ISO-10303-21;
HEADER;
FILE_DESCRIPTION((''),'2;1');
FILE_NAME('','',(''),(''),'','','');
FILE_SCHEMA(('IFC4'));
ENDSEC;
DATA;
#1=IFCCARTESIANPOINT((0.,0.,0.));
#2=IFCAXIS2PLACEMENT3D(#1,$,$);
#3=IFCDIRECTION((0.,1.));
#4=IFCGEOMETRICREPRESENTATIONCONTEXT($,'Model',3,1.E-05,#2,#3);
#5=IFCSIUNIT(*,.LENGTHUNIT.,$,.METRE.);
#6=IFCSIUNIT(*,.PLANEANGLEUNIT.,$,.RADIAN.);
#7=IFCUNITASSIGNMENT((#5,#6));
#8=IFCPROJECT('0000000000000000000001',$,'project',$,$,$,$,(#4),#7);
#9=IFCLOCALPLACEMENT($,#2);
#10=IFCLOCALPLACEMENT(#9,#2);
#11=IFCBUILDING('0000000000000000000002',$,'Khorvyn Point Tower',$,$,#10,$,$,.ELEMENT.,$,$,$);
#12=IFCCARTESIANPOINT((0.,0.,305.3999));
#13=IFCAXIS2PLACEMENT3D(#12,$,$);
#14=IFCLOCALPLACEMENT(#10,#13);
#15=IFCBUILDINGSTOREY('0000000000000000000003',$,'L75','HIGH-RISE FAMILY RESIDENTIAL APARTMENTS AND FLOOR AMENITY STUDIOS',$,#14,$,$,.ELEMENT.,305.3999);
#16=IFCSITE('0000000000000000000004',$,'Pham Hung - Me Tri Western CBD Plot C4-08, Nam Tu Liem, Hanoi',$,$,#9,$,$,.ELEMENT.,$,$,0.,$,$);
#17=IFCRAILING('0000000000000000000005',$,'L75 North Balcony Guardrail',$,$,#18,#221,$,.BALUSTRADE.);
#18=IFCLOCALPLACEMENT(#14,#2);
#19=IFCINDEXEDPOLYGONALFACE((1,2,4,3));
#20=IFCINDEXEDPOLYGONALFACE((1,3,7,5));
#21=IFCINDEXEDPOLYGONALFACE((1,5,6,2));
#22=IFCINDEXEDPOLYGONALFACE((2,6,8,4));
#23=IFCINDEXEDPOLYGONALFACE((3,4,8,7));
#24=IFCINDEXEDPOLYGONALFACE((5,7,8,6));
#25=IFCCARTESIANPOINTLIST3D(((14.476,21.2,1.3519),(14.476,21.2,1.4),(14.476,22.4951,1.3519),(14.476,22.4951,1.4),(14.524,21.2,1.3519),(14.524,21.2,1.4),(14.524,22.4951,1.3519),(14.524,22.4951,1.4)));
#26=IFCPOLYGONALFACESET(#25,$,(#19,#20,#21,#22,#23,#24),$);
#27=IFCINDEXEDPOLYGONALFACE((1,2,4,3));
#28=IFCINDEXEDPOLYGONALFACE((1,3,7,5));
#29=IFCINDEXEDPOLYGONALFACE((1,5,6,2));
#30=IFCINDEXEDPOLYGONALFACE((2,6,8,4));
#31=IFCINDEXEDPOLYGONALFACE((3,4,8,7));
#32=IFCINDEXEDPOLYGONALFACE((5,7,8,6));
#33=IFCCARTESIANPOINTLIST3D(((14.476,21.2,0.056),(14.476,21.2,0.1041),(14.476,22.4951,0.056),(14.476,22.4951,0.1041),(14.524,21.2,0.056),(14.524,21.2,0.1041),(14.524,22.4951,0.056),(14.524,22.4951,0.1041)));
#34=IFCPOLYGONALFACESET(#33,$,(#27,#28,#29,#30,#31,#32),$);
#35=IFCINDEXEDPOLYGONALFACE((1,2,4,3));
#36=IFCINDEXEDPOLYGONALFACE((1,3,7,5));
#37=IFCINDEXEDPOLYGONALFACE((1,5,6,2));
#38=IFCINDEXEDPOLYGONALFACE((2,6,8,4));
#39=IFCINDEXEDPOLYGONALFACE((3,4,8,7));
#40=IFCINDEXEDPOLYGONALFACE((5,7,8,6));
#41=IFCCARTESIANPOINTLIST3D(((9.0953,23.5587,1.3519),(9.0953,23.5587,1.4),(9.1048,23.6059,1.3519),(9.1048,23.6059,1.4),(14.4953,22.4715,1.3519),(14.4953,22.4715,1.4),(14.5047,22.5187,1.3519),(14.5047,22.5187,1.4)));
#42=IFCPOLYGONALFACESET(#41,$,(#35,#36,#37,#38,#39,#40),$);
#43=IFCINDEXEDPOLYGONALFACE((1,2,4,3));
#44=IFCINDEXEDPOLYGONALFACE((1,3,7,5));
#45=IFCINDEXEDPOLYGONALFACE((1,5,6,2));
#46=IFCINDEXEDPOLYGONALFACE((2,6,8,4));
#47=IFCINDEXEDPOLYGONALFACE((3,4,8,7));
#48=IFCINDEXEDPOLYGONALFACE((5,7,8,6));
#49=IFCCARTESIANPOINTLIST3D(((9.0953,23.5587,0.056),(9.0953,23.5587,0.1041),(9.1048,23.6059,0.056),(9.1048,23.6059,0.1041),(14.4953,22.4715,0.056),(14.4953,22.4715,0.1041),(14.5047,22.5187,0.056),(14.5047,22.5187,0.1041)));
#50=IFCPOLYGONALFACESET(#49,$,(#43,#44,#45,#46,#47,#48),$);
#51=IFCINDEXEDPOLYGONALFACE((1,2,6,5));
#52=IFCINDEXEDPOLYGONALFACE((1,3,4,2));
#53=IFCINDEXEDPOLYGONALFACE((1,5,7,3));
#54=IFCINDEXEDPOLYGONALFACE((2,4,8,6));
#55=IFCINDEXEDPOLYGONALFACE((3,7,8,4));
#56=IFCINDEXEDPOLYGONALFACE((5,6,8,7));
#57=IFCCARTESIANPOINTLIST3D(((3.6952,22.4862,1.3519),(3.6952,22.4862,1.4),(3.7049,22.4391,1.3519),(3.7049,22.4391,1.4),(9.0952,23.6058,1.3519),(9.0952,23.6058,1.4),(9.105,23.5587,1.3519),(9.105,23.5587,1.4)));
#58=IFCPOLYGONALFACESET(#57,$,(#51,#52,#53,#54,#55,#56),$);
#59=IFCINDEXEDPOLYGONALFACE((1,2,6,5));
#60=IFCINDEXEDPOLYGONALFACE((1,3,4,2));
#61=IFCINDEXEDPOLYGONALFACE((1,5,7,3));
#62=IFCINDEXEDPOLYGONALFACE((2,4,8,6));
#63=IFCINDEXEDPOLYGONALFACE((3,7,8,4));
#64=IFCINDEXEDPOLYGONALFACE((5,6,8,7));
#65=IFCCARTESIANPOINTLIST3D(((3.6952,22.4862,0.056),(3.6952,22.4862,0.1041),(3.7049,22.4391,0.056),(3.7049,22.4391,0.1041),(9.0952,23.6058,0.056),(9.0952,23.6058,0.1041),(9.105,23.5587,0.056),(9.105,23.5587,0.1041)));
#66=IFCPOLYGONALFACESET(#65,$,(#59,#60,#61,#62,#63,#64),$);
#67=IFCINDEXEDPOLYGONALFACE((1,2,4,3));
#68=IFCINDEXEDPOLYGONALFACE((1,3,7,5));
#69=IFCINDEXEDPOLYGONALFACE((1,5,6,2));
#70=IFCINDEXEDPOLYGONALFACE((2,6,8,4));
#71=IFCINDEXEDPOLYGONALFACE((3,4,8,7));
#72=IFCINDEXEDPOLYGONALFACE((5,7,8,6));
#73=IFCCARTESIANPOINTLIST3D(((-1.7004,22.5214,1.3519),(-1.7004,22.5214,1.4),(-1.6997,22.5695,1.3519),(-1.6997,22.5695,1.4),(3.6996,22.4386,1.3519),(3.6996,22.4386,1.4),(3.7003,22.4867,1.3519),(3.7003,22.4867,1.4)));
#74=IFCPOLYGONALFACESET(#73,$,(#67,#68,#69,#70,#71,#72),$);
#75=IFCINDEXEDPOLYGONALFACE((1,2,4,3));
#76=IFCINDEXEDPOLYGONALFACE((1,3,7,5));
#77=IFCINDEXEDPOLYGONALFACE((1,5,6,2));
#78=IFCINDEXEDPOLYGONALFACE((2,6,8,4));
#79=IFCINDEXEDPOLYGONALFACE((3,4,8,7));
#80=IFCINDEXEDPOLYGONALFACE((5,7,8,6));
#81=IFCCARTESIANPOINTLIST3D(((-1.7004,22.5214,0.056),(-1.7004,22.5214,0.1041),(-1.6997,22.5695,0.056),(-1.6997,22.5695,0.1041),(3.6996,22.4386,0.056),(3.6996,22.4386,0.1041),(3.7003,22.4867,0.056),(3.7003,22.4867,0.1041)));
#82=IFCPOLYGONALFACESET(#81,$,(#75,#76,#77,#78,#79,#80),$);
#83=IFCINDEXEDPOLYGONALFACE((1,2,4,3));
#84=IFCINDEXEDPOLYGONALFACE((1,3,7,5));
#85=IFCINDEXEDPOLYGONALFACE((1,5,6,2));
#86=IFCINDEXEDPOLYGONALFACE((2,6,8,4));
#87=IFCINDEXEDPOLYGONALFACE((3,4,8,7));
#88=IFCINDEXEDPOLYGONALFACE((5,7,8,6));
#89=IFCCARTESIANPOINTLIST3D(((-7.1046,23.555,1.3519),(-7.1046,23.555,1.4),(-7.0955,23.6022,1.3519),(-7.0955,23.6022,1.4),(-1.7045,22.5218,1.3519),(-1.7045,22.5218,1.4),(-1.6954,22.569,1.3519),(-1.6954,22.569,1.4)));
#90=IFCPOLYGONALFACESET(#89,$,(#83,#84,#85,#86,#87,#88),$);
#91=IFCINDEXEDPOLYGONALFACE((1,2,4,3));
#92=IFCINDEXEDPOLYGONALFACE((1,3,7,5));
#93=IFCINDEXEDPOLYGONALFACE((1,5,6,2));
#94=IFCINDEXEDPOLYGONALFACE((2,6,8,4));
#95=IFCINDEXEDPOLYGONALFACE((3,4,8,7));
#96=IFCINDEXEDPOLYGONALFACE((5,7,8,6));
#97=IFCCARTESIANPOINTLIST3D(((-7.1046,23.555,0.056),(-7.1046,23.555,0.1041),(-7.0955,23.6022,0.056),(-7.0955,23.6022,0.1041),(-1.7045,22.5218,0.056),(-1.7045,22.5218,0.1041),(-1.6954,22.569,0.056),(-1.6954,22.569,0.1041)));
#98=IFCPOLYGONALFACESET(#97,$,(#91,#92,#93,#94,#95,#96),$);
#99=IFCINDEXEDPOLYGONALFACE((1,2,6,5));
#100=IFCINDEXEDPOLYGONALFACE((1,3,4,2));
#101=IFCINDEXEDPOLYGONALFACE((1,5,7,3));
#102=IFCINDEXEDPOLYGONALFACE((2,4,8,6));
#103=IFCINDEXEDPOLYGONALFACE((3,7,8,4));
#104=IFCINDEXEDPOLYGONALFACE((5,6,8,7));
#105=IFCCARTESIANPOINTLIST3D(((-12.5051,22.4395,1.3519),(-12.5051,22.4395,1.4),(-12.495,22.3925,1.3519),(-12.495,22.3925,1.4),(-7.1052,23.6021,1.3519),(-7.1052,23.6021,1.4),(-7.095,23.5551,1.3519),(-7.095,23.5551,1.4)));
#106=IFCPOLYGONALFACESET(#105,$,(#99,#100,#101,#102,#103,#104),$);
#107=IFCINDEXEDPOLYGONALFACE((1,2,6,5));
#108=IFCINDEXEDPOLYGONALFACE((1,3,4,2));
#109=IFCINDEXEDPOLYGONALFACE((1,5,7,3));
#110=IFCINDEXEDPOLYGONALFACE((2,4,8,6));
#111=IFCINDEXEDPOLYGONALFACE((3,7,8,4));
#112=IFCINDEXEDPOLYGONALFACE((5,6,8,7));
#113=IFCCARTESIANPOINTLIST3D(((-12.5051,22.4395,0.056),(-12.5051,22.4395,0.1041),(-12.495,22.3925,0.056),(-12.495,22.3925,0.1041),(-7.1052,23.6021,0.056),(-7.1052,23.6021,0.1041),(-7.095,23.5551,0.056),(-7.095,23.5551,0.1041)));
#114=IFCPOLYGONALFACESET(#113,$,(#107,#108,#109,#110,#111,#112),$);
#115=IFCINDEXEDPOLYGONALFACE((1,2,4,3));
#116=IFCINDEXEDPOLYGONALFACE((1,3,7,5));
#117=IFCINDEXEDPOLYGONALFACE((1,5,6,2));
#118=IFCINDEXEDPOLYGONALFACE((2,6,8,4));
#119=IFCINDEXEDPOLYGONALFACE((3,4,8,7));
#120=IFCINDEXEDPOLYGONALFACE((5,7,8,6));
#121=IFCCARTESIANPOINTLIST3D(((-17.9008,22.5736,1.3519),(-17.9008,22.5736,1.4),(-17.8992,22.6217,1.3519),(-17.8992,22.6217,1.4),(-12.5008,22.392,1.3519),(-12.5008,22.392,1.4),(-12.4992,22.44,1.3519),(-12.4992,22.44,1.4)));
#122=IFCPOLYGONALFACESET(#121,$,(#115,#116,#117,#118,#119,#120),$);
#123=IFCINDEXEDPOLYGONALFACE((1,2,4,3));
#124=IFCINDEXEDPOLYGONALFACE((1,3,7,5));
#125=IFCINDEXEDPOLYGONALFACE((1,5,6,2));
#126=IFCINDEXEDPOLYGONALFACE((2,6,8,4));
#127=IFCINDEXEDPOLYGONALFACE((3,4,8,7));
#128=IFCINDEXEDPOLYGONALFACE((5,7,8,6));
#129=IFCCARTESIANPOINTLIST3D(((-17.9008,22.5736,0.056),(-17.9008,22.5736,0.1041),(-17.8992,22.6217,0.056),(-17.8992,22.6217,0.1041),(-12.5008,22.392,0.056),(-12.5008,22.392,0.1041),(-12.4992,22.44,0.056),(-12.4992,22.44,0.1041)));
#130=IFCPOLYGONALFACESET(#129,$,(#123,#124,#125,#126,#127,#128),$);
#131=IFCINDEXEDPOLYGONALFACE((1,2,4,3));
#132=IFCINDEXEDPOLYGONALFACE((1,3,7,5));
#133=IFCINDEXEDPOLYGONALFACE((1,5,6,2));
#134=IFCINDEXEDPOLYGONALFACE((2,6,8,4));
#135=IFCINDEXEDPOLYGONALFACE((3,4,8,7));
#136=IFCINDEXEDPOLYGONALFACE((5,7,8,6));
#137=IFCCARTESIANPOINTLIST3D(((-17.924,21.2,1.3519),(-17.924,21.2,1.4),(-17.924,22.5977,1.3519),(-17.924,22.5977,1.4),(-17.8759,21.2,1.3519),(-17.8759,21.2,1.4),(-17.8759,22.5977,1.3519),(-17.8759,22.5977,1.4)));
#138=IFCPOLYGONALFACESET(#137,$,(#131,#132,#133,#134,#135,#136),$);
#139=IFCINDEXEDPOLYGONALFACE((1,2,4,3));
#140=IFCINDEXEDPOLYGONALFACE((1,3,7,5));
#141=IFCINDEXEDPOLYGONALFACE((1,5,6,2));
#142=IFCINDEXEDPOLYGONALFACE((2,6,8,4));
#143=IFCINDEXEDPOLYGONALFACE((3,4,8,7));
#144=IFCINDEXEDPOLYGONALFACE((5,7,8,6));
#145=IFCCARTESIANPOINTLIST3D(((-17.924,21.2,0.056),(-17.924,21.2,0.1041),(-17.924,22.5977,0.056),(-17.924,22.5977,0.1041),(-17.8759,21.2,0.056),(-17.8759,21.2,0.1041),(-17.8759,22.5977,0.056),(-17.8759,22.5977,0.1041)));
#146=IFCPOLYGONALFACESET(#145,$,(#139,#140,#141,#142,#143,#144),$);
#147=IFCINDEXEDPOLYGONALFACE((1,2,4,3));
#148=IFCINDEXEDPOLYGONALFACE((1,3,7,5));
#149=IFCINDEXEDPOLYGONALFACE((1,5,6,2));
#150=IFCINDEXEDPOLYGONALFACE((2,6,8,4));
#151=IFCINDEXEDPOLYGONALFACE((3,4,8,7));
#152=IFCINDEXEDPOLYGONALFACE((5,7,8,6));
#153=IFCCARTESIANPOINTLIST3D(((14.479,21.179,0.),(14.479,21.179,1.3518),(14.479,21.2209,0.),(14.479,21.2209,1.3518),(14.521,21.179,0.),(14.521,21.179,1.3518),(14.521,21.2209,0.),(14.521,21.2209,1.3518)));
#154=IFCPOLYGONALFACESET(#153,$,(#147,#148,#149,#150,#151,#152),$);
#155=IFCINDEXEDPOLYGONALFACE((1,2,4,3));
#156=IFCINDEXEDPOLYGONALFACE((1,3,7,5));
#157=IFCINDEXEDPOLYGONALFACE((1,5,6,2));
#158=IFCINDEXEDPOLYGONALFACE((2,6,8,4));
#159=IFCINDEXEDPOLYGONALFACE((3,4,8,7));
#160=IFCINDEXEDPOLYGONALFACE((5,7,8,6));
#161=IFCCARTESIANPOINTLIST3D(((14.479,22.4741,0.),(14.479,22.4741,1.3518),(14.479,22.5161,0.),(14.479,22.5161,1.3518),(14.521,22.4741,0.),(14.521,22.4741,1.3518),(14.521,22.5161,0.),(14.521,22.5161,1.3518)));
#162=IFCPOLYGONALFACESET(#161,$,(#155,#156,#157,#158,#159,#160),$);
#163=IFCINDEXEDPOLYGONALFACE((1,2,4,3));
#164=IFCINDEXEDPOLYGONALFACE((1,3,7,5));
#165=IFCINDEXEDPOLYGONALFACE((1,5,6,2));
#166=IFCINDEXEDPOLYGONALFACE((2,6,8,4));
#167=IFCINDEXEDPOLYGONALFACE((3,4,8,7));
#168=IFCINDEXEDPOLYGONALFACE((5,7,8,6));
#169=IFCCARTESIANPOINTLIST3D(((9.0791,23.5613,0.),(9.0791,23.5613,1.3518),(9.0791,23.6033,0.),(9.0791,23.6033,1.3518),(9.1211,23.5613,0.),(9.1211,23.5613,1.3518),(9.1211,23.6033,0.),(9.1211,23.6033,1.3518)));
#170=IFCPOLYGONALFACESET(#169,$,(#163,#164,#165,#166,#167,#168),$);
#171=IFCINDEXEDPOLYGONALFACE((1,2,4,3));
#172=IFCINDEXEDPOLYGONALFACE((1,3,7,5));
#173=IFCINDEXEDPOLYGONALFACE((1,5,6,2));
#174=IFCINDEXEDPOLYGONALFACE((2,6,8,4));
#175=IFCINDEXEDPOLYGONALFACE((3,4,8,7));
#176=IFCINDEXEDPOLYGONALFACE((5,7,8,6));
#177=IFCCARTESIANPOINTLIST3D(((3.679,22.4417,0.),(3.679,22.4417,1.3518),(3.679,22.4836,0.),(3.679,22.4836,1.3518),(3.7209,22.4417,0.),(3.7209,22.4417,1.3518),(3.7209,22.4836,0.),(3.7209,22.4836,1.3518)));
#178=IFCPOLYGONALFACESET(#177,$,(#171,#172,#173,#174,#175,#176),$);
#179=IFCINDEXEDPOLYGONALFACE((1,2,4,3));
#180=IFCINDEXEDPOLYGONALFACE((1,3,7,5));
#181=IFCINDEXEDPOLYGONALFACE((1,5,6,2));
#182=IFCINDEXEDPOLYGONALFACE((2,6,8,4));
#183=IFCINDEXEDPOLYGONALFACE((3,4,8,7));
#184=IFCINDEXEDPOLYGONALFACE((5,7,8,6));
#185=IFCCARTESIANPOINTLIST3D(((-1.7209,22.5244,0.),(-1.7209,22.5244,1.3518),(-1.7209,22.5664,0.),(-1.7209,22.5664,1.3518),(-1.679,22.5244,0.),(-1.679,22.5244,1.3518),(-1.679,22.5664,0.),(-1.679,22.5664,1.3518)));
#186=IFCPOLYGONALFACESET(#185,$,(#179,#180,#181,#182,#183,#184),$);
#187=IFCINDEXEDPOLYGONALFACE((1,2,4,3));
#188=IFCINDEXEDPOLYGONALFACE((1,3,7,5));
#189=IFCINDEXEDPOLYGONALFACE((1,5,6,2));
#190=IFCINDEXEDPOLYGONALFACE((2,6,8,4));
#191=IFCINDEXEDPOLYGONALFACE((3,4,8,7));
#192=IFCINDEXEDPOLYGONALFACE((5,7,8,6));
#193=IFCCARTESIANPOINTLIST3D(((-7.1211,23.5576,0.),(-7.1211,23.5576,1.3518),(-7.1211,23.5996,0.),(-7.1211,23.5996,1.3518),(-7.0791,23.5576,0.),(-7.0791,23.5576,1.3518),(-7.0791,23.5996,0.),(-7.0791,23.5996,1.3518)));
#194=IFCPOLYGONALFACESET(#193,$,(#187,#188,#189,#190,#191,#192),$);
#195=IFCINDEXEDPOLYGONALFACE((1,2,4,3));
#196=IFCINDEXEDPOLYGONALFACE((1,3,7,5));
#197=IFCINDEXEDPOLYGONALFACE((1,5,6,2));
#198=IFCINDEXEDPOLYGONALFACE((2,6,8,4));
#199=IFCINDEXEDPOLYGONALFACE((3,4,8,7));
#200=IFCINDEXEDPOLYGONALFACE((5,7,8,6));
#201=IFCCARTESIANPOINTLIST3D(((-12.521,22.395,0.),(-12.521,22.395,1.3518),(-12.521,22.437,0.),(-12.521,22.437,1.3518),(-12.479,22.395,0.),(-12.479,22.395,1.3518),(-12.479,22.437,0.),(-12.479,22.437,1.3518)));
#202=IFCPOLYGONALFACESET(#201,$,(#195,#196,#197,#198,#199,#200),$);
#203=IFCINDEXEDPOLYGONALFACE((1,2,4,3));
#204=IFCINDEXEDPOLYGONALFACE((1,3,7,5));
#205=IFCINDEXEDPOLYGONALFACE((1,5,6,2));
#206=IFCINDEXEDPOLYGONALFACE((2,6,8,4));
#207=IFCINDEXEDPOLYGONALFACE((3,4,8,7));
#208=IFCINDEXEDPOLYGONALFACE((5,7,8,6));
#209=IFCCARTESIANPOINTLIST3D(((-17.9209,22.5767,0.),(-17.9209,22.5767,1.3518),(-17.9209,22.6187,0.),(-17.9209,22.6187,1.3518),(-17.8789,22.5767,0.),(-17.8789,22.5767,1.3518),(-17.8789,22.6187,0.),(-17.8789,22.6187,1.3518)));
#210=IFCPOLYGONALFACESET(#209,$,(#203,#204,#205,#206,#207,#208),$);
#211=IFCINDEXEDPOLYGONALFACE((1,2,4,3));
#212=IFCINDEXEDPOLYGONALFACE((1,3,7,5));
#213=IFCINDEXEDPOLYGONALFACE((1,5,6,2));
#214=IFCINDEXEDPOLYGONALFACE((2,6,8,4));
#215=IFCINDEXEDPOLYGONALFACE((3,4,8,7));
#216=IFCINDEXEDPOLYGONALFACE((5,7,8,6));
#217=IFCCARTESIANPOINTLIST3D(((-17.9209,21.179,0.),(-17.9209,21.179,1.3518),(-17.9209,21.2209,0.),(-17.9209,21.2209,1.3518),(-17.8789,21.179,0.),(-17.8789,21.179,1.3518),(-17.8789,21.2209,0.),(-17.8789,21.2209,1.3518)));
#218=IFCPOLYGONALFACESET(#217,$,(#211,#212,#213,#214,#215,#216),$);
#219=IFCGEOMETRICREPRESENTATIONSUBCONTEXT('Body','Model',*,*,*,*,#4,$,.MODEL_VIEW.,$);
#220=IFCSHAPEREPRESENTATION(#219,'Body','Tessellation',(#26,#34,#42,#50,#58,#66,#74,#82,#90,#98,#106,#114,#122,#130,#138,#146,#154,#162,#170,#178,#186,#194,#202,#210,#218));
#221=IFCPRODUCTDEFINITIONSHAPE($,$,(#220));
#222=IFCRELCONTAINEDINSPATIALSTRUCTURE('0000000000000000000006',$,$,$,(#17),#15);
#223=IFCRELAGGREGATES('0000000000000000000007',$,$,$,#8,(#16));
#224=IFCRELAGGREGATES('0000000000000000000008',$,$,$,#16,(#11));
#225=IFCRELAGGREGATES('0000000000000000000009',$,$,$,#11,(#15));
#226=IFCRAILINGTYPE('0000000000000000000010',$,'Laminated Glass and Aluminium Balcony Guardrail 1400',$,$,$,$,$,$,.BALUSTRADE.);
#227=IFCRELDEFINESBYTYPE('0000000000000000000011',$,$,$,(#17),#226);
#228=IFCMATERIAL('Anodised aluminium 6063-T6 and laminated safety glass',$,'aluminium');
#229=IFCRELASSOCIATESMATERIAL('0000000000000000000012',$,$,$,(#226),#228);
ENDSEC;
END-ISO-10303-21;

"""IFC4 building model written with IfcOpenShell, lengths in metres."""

from ifc_helpers import new_model, si_unit, direction, frame, origin, origin_2d, place, context, subcontext, project, spatial, rectangle, extrude, material, type_object, element, save


model = new_model("IFC4")

# Units and contexts
model_context = context("Model", 3, precision=1e-05, world=origin(), true_north=direction((0.0, 1.0)))
body_context = subcontext(model_context, "Body", "Model", "MODEL_VIEW")
ifc_project = project(units=[si_unit("LENGTHUNIT", "METRE"), si_unit("PLANEANGLEUNIT", "RADIAN")], contexts=[model_context])

# Site, building, storey
site_placement = place(None, origin())
site = spatial("IfcSite", under=ifc_project, at=site_placement, Name="Pham Hung - Me Tri Western CBD Plot C4-08, Nam Tu Liem, Hanoi", CompositionType="ELEMENT", RefElevation=0.0)
building_placement = place(site_placement, origin())
building = spatial("IfcBuilding", under=site, at=building_placement, Name="Khorvyn Point Tower", CompositionType="ELEMENT")
storey_placement = place(building_placement, frame((0.0, 0.0, 305.3999)))
storey = spatial("IfcBuildingStorey", under=building, at=storey_placement, Name="L75", Description="HIGH-RISE FAMILY RESIDENTIAL APARTMENTS AND FLOOR AMENITY STUDIOS", CompositionType="ELEMENT", Elevation=305.3999)

# Railing
ifc_material_1 = material(Name="Anodised aluminium 6063-T6 and laminated safety glass", Category="aluminium")
railing_type = type_object("IfcRailingType", Name="Laminated Glass and Aluminium Balcony Guardrail 1400", PredefinedType="BALUSTRADE", material=ifc_material_1)
railing_1_placement = place(storey_placement, frame((14.5, 21.2, 0.0)))
element("IfcRailing", 1, at=railing_1_placement, inside=storey, type_object=railing_type, Name="L75 North Balcony Guardrail", PredefinedType="BALUSTRADE", context=body_context, shape_type="SweptSolid", body=[
    extrude(rectangle(XDim=0.0481, YDim=0.0481, at=origin_2d()), frame((0.0, 0.0, 1.376), z_axis=(0.0, 1.0, 0.0), x_axis=(-1.0, 0.0, 0.0)), (0.0, 0.0, 1.0), 1.2952),
    extrude(rectangle(XDim=0.0481, YDim=0.0481, at=origin_2d()), frame((0.0, 0.0, 0.0801), z_axis=(0.0, 1.0, 0.0), x_axis=(-1.0, 0.0, 0.0)), (0.0, 0.0, 1.0), 1.2952),
    extrude(rectangle(XDim=0.0481, YDim=0.0481, at=origin_2d()), frame((0.0, 1.2952, 1.376), z_axis=(-0.980329, 0.197369, 0.0), x_axis=(-0.197369, -0.980329, 0.0)), (0.0, 0.0, 1.0), 5.5083),
    extrude(rectangle(XDim=0.0481, YDim=0.0481, at=origin_2d()), frame((0.0, 1.2952, 0.0801), z_axis=(-0.980329, 0.197369, 0.0), x_axis=(-0.197369, -0.980329, 0.0)), (0.0, 0.0, 1.0), 5.5083),
    extrude(rectangle(XDim=0.0481, YDim=0.0481, at=origin_2d()), frame((-5.3999, 2.3823, 1.376), z_axis=(-0.979176, -0.203015, 0.0), x_axis=(0.203015, -0.979176, 0.0)), (0.0, 0.0, 1.0), 5.5149),
    extrude(rectangle(XDim=0.0481, YDim=0.0481, at=origin_2d()), frame((-5.3999, 2.3823, 0.0801), z_axis=(-0.979176, -0.203015, 0.0), x_axis=(0.203015, -0.979176, 0.0)), (0.0, 0.0, 1.0), 5.5149),
    extrude(rectangle(XDim=0.0481, YDim=0.0481, at=origin_2d()), frame((-10.8, 1.2627, 1.376), z_axis=(-0.999883, 0.015325, 0.0), x_axis=(-0.015325, -0.999883, 0.0)), (0.0, 0.0, 1.0), 5.4006),
    extrude(rectangle(XDim=0.0481, YDim=0.0481, at=origin_2d()), frame((-10.8, 1.2627, 0.0801), z_axis=(-0.999883, 0.015325, 0.0), x_axis=(-0.015325, -0.999883, 0.0)), (0.0, 0.0, 1.0), 5.4006),
    extrude(rectangle(XDim=0.0481, YDim=0.0481, at=origin_2d()), frame((-16.2, 1.3455, 1.376), z_axis=(-0.982184, 0.18792, 0.0), x_axis=(-0.18792, -0.982184, 0.0)), (0.0, 0.0, 1.0), 5.498),
    extrude(rectangle(XDim=0.0481, YDim=0.0481, at=origin_2d()), frame((-16.2, 1.3455, 0.0801), z_axis=(-0.982184, 0.18792, 0.0), x_axis=(-0.18792, -0.982184, 0.0)), (0.0, 0.0, 1.0), 5.498),
    extrude(rectangle(XDim=0.0481, YDim=0.0481, at=origin_2d()), frame((-21.6001, 2.3787, 1.376), z_axis=(-0.977599, -0.210477, 0.0), x_axis=(0.210477, -0.977599, 0.0)), (0.0, 0.0, 1.0), 5.5237),
    extrude(rectangle(XDim=0.0481, YDim=0.0481, at=origin_2d()), frame((-21.6001, 2.3787, 0.0801), z_axis=(-0.977599, -0.210477, 0.0), x_axis=(0.210477, -0.977599, 0.0)), (0.0, 0.0, 1.0), 5.5237),
    extrude(rectangle(XDim=0.0481, YDim=0.0481, at=origin_2d()), frame((-27.0, 1.2161, 1.376), z_axis=(-0.999435, 0.033619, 0.0), x_axis=(-0.033619, -0.999435, 0.0)), (0.0, 0.0, 1.0), 5.4031),
    extrude(rectangle(XDim=0.0481, YDim=0.0481, at=origin_2d()), frame((-27.0, 1.2161, 0.0801), z_axis=(-0.999435, 0.033619, 0.0), x_axis=(-0.033619, -0.999435, 0.0)), (0.0, 0.0, 1.0), 5.4031),
    extrude(rectangle(XDim=0.0481, YDim=0.0481, at=origin_2d()), frame((-32.3999, 1.3977, 1.376), z_axis=(0.0, -1.0, 0.0), x_axis=(1.0, 0.0, 0.0)), (0.0, 0.0, 1.0), 1.3977),
    extrude(rectangle(XDim=0.0481, YDim=0.0481, at=origin_2d()), frame((-32.3999, 1.3977, 0.0801), z_axis=(0.0, -1.0, 0.0), x_axis=(1.0, 0.0, 0.0)), (0.0, 0.0, 1.0), 1.3977),
    extrude(rectangle(XDim=0.042, YDim=0.042, at=origin_2d()), origin(), (0.0, 0.0, 1.0), 1.3518),
    extrude(rectangle(XDim=0.042, YDim=0.042, at=origin_2d()), frame((0.0, 1.2952, 0.0)), (0.0, 0.0, 1.0), 1.3518),
    extrude(rectangle(XDim=0.042, YDim=0.042, at=origin_2d()), frame((-5.3999, 2.3823, 0.0)), (0.0, 0.0, 1.0), 1.3518),
    extrude(rectangle(XDim=0.042, YDim=0.042, at=origin_2d()), frame((-10.8, 1.2627, 0.0)), (0.0, 0.0, 1.0), 1.3518),
    extrude(rectangle(XDim=0.042, YDim=0.042, at=origin_2d()), frame((-16.2, 1.3455, 0.0)), (0.0, 0.0, 1.0), 1.3518),
    extrude(rectangle(XDim=0.042, YDim=0.042, at=origin_2d()), frame((-21.6001, 2.3787, 0.0)), (0.0, 0.0, 1.0), 1.3518),
    extrude(rectangle(XDim=0.042, YDim=0.042, at=origin_2d()), frame((-27.0, 1.2161, 0.0)), (0.0, 0.0, 1.0), 1.3518),
    extrude(rectangle(XDim=0.042, YDim=0.042, at=origin_2d()), frame((-32.3999, 1.3977, 0.0)), (0.0, 0.0, 1.0), 1.3518),
    extrude(rectangle(XDim=0.042, YDim=0.042, at=origin_2d()), frame((-32.3999, 0.0, 0.0)), (0.0, 0.0, 1.0), 1.3518),
])

save(model, "model.ifc")
